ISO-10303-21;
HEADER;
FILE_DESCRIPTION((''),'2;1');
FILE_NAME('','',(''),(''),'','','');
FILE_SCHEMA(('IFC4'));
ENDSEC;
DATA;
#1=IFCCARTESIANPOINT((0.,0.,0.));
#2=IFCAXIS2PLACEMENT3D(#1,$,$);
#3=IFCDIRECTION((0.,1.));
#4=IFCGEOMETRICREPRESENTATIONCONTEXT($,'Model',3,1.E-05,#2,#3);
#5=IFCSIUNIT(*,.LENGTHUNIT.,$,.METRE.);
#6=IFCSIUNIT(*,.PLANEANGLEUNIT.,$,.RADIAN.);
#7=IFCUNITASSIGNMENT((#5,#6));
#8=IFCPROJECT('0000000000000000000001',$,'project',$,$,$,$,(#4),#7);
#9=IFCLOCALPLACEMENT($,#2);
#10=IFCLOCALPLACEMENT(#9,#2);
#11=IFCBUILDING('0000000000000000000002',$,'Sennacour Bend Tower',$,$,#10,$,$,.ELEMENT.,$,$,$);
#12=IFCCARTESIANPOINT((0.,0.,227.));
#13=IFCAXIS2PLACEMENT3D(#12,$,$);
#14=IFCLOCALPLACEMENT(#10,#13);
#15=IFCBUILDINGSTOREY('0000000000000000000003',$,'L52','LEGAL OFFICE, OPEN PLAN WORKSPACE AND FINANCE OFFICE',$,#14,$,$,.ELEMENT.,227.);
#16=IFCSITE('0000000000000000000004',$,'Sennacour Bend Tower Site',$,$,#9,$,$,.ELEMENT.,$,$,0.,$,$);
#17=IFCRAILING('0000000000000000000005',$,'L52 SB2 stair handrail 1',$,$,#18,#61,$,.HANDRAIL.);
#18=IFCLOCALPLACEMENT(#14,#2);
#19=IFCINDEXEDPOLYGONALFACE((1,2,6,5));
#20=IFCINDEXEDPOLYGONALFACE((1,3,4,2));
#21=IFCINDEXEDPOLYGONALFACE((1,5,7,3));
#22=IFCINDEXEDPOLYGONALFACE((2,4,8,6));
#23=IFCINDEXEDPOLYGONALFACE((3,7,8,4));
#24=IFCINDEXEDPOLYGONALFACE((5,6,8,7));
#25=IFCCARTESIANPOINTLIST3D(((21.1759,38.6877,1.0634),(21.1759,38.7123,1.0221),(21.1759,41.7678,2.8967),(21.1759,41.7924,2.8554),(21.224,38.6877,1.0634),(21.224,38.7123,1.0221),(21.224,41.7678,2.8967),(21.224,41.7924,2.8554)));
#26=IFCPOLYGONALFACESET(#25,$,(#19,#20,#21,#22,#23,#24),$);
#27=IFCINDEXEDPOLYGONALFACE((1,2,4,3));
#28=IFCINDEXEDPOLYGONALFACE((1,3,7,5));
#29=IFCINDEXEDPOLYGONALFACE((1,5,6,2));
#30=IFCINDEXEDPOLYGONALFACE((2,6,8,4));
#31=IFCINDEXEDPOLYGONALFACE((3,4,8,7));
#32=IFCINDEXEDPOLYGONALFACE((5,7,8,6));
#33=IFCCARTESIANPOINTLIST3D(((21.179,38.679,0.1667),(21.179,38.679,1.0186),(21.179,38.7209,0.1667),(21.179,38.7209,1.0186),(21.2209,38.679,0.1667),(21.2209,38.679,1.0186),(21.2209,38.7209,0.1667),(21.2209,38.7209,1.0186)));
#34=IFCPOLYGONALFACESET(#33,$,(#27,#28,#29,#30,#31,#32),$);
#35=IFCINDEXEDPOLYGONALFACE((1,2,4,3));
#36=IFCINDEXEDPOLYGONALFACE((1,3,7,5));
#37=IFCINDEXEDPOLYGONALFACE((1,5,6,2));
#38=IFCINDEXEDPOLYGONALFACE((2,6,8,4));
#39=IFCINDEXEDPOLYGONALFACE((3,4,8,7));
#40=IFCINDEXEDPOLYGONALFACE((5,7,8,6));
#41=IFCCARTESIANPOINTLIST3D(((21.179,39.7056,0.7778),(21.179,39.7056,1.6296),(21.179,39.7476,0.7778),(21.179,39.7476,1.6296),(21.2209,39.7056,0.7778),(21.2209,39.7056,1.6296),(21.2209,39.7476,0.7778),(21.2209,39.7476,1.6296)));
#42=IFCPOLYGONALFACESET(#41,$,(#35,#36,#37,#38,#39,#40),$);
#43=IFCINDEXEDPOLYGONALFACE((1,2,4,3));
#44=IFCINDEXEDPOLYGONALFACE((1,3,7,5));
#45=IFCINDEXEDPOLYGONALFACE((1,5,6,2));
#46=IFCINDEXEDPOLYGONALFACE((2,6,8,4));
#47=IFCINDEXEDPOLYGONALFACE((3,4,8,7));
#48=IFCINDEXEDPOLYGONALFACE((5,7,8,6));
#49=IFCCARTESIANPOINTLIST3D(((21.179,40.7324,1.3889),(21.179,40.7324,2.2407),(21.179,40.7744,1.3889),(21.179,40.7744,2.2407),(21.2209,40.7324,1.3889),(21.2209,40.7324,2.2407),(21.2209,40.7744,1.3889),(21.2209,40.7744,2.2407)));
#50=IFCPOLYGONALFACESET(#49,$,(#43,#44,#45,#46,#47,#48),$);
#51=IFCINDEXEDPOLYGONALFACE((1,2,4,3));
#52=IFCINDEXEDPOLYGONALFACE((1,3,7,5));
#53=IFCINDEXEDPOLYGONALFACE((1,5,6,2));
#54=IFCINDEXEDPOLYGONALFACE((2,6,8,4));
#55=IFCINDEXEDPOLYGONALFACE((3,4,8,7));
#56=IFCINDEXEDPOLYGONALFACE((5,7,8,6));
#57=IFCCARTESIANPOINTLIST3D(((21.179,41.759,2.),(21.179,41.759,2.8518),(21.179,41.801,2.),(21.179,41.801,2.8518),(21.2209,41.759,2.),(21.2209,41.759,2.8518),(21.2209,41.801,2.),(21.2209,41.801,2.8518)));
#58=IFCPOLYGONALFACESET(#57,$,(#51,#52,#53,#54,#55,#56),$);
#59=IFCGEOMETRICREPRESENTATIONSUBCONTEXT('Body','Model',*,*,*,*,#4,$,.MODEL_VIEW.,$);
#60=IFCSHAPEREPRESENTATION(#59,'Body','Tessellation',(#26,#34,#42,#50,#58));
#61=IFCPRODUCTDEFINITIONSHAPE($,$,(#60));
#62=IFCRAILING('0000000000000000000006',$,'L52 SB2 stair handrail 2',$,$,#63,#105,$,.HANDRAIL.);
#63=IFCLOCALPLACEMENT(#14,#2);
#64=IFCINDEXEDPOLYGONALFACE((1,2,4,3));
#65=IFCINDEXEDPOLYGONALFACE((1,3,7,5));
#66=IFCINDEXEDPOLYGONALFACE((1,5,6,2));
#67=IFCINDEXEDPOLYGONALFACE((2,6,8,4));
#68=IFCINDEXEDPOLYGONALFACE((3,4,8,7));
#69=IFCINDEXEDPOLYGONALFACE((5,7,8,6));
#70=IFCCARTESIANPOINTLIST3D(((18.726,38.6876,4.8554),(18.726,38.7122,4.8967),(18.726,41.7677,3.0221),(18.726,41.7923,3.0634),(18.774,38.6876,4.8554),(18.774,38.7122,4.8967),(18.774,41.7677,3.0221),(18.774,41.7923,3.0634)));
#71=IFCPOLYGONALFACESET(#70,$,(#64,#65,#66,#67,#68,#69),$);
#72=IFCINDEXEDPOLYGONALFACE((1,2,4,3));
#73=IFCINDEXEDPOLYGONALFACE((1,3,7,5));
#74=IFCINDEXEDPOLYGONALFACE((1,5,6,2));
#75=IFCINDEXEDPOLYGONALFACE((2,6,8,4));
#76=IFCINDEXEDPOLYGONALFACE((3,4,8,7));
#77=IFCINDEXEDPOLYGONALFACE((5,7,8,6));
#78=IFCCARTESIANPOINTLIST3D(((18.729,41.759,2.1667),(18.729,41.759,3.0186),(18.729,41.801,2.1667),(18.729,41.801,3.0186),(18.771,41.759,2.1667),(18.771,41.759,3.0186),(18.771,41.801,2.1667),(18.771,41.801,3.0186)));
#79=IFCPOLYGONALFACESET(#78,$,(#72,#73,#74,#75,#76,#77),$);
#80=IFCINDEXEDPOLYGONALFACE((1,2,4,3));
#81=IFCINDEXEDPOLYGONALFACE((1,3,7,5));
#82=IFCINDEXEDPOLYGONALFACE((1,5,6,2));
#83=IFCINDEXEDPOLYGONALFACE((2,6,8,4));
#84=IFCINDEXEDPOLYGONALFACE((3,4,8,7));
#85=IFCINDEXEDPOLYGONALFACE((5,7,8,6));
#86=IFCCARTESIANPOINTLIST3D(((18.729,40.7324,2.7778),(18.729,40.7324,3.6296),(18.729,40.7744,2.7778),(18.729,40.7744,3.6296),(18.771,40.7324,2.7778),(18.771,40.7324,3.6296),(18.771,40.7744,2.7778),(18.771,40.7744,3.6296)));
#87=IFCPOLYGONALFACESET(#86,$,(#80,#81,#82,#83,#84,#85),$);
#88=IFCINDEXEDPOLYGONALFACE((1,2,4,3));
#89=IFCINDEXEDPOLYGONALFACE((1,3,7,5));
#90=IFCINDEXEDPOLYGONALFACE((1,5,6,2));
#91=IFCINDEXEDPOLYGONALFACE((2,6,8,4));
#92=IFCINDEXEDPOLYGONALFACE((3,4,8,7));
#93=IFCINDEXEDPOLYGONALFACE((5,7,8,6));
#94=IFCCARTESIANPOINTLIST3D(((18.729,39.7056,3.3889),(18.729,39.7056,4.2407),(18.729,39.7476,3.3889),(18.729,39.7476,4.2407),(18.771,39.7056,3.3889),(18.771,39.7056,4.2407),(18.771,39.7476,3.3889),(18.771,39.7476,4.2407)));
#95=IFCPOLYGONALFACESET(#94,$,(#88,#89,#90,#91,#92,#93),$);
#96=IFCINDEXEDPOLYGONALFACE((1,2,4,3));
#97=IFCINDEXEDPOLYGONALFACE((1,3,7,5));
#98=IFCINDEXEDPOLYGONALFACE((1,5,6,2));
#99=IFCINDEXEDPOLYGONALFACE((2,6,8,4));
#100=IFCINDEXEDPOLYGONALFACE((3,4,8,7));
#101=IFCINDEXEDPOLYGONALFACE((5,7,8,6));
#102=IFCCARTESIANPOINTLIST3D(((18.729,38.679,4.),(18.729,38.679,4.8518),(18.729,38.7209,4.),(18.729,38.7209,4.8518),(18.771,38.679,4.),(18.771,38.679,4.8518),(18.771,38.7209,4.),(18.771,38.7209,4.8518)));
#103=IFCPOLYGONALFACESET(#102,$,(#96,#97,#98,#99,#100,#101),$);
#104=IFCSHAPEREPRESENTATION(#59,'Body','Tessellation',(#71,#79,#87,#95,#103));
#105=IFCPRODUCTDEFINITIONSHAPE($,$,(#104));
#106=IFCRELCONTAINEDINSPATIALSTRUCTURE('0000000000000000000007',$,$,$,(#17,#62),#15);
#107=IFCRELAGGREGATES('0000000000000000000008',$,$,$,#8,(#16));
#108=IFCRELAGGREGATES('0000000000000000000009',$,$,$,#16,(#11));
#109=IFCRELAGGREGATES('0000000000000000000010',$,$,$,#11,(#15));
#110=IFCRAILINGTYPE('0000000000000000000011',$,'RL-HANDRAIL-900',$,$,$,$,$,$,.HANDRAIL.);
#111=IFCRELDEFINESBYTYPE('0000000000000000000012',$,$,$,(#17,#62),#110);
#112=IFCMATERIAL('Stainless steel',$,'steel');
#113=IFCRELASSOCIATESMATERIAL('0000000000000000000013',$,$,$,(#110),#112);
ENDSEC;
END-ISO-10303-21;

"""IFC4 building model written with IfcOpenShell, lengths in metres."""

from ifc_helpers import new_model, si_unit, direction, frame, origin, origin_2d, place, context, subcontext, project, spatial, rectangle, extrude, material, type_object, element, save


model = new_model("IFC4")

# Units and contexts
model_context = context("Model", 3, precision=1e-05, world=origin(), true_north=direction((0.0, 1.0)))
body_context = subcontext(model_context, "Body", "Model", "MODEL_VIEW")
ifc_project = project(units=[si_unit("LENGTHUNIT", "METRE"), si_unit("PLANEANGLEUNIT", "RADIAN")], contexts=[model_context])

# Site, building, storey
site_placement = place(None, origin())
site = spatial("IfcSite", under=ifc_project, at=site_placement, Name="Sennacour Bend Tower Site", CompositionType="ELEMENT", RefElevation=0.0)
building_placement = place(site_placement, origin())
building = spatial("IfcBuilding", under=site, at=building_placement, Name="Sennacour Bend Tower", CompositionType="ELEMENT")
storey_placement = place(building_placement, frame((0.0, 0.0, 227.0)))
storey = spatial("IfcBuildingStorey", under=building, at=storey_placement, Name="L52", Description="LEGAL OFFICE, OPEN PLAN WORKSPACE AND FINANCE OFFICE", CompositionType="ELEMENT", Elevation=227.0)

# Railings
ifc_material_1 = material(Name="Stainless steel", Category="steel")
railing_type_1 = type_object("IfcRailingType", Name="RL-HANDRAIL-900", PredefinedType="HANDRAIL", material=ifc_material_1)
railing_1_placement = place(storey_placement, frame((21.2, 38.7, 0.1667)))
element("IfcRailing", 1, at=railing_1_placement, inside=storey, type_object=railing_type_1, Name="L52 SB2 stair handrail 1", PredefinedType="HANDRAIL", context=body_context, shape_type="SweptSolid", body=[
    extrude(rectangle(XDim=0.0481, YDim=0.0481, at=origin_2d()), frame((0.0, 0.0, 0.876), z_axis=(0.0, 0.859309, 0.511458), x_axis=(-1.0, 0.0, 0.0)), (0.0, 0.0, 1.0), 3.5845),
    extrude(rectangle(XDim=0.042, YDim=0.042, at=origin_2d()), origin(), (0.0, 0.0, 1.0), 0.8518),
    extrude(rectangle(XDim=0.042, YDim=0.042, at=origin_2d()), frame((0.0, 1.0266, 0.6111)), (0.0, 0.0, 1.0), 0.8518),
    extrude(rectangle(XDim=0.042, YDim=0.042, at=origin_2d()), frame((0.0, 2.0535, 1.2222)), (0.0, 0.0, 1.0), 0.8518),
    extrude(rectangle(XDim=0.042, YDim=0.042, at=origin_2d()), frame((0.0, 3.0801, 1.8333)), (0.0, 0.0, 1.0), 0.8518),
])
railing_2_placement = place(storey_placement, frame((18.75, 41.78, 2.1667)))
element("IfcRailing", 2, at=railing_2_placement, inside=storey, type_object=railing_type_1, Name="L52 SB2 stair handrail 2", PredefinedType="HANDRAIL", context=body_context, shape_type="SweptSolid", body=[
    extrude(rectangle(XDim=0.0481, YDim=0.0481, at=origin_2d()), frame((0.0, 0.0, 0.876), z_axis=(0.0, -0.859309, 0.511458), x_axis=(1.0, 0.0, 0.0)), (0.0, 0.0, 1.0), 3.5845),
    extrude(rectangle(XDim=0.042, YDim=0.042, at=origin_2d()), origin(), (0.0, 0.0, 1.0), 0.8518),
    extrude(rectangle(XDim=0.042, YDim=0.042, at=origin_2d()), frame((0.0, -1.0266, 0.6111)), (0.0, 0.0, 1.0), 0.8518),
    extrude(rectangle(XDim=0.042, YDim=0.042, at=origin_2d()), frame((0.0, -2.0535, 1.2222)), (0.0, 0.0, 1.0), 0.8518),
    extrude(rectangle(XDim=0.042, YDim=0.042, at=origin_2d()), frame((0.0, -3.0801, 1.8333)), (0.0, 0.0, 1.0), 0.8518),
])

save(model, "model.ifc")
